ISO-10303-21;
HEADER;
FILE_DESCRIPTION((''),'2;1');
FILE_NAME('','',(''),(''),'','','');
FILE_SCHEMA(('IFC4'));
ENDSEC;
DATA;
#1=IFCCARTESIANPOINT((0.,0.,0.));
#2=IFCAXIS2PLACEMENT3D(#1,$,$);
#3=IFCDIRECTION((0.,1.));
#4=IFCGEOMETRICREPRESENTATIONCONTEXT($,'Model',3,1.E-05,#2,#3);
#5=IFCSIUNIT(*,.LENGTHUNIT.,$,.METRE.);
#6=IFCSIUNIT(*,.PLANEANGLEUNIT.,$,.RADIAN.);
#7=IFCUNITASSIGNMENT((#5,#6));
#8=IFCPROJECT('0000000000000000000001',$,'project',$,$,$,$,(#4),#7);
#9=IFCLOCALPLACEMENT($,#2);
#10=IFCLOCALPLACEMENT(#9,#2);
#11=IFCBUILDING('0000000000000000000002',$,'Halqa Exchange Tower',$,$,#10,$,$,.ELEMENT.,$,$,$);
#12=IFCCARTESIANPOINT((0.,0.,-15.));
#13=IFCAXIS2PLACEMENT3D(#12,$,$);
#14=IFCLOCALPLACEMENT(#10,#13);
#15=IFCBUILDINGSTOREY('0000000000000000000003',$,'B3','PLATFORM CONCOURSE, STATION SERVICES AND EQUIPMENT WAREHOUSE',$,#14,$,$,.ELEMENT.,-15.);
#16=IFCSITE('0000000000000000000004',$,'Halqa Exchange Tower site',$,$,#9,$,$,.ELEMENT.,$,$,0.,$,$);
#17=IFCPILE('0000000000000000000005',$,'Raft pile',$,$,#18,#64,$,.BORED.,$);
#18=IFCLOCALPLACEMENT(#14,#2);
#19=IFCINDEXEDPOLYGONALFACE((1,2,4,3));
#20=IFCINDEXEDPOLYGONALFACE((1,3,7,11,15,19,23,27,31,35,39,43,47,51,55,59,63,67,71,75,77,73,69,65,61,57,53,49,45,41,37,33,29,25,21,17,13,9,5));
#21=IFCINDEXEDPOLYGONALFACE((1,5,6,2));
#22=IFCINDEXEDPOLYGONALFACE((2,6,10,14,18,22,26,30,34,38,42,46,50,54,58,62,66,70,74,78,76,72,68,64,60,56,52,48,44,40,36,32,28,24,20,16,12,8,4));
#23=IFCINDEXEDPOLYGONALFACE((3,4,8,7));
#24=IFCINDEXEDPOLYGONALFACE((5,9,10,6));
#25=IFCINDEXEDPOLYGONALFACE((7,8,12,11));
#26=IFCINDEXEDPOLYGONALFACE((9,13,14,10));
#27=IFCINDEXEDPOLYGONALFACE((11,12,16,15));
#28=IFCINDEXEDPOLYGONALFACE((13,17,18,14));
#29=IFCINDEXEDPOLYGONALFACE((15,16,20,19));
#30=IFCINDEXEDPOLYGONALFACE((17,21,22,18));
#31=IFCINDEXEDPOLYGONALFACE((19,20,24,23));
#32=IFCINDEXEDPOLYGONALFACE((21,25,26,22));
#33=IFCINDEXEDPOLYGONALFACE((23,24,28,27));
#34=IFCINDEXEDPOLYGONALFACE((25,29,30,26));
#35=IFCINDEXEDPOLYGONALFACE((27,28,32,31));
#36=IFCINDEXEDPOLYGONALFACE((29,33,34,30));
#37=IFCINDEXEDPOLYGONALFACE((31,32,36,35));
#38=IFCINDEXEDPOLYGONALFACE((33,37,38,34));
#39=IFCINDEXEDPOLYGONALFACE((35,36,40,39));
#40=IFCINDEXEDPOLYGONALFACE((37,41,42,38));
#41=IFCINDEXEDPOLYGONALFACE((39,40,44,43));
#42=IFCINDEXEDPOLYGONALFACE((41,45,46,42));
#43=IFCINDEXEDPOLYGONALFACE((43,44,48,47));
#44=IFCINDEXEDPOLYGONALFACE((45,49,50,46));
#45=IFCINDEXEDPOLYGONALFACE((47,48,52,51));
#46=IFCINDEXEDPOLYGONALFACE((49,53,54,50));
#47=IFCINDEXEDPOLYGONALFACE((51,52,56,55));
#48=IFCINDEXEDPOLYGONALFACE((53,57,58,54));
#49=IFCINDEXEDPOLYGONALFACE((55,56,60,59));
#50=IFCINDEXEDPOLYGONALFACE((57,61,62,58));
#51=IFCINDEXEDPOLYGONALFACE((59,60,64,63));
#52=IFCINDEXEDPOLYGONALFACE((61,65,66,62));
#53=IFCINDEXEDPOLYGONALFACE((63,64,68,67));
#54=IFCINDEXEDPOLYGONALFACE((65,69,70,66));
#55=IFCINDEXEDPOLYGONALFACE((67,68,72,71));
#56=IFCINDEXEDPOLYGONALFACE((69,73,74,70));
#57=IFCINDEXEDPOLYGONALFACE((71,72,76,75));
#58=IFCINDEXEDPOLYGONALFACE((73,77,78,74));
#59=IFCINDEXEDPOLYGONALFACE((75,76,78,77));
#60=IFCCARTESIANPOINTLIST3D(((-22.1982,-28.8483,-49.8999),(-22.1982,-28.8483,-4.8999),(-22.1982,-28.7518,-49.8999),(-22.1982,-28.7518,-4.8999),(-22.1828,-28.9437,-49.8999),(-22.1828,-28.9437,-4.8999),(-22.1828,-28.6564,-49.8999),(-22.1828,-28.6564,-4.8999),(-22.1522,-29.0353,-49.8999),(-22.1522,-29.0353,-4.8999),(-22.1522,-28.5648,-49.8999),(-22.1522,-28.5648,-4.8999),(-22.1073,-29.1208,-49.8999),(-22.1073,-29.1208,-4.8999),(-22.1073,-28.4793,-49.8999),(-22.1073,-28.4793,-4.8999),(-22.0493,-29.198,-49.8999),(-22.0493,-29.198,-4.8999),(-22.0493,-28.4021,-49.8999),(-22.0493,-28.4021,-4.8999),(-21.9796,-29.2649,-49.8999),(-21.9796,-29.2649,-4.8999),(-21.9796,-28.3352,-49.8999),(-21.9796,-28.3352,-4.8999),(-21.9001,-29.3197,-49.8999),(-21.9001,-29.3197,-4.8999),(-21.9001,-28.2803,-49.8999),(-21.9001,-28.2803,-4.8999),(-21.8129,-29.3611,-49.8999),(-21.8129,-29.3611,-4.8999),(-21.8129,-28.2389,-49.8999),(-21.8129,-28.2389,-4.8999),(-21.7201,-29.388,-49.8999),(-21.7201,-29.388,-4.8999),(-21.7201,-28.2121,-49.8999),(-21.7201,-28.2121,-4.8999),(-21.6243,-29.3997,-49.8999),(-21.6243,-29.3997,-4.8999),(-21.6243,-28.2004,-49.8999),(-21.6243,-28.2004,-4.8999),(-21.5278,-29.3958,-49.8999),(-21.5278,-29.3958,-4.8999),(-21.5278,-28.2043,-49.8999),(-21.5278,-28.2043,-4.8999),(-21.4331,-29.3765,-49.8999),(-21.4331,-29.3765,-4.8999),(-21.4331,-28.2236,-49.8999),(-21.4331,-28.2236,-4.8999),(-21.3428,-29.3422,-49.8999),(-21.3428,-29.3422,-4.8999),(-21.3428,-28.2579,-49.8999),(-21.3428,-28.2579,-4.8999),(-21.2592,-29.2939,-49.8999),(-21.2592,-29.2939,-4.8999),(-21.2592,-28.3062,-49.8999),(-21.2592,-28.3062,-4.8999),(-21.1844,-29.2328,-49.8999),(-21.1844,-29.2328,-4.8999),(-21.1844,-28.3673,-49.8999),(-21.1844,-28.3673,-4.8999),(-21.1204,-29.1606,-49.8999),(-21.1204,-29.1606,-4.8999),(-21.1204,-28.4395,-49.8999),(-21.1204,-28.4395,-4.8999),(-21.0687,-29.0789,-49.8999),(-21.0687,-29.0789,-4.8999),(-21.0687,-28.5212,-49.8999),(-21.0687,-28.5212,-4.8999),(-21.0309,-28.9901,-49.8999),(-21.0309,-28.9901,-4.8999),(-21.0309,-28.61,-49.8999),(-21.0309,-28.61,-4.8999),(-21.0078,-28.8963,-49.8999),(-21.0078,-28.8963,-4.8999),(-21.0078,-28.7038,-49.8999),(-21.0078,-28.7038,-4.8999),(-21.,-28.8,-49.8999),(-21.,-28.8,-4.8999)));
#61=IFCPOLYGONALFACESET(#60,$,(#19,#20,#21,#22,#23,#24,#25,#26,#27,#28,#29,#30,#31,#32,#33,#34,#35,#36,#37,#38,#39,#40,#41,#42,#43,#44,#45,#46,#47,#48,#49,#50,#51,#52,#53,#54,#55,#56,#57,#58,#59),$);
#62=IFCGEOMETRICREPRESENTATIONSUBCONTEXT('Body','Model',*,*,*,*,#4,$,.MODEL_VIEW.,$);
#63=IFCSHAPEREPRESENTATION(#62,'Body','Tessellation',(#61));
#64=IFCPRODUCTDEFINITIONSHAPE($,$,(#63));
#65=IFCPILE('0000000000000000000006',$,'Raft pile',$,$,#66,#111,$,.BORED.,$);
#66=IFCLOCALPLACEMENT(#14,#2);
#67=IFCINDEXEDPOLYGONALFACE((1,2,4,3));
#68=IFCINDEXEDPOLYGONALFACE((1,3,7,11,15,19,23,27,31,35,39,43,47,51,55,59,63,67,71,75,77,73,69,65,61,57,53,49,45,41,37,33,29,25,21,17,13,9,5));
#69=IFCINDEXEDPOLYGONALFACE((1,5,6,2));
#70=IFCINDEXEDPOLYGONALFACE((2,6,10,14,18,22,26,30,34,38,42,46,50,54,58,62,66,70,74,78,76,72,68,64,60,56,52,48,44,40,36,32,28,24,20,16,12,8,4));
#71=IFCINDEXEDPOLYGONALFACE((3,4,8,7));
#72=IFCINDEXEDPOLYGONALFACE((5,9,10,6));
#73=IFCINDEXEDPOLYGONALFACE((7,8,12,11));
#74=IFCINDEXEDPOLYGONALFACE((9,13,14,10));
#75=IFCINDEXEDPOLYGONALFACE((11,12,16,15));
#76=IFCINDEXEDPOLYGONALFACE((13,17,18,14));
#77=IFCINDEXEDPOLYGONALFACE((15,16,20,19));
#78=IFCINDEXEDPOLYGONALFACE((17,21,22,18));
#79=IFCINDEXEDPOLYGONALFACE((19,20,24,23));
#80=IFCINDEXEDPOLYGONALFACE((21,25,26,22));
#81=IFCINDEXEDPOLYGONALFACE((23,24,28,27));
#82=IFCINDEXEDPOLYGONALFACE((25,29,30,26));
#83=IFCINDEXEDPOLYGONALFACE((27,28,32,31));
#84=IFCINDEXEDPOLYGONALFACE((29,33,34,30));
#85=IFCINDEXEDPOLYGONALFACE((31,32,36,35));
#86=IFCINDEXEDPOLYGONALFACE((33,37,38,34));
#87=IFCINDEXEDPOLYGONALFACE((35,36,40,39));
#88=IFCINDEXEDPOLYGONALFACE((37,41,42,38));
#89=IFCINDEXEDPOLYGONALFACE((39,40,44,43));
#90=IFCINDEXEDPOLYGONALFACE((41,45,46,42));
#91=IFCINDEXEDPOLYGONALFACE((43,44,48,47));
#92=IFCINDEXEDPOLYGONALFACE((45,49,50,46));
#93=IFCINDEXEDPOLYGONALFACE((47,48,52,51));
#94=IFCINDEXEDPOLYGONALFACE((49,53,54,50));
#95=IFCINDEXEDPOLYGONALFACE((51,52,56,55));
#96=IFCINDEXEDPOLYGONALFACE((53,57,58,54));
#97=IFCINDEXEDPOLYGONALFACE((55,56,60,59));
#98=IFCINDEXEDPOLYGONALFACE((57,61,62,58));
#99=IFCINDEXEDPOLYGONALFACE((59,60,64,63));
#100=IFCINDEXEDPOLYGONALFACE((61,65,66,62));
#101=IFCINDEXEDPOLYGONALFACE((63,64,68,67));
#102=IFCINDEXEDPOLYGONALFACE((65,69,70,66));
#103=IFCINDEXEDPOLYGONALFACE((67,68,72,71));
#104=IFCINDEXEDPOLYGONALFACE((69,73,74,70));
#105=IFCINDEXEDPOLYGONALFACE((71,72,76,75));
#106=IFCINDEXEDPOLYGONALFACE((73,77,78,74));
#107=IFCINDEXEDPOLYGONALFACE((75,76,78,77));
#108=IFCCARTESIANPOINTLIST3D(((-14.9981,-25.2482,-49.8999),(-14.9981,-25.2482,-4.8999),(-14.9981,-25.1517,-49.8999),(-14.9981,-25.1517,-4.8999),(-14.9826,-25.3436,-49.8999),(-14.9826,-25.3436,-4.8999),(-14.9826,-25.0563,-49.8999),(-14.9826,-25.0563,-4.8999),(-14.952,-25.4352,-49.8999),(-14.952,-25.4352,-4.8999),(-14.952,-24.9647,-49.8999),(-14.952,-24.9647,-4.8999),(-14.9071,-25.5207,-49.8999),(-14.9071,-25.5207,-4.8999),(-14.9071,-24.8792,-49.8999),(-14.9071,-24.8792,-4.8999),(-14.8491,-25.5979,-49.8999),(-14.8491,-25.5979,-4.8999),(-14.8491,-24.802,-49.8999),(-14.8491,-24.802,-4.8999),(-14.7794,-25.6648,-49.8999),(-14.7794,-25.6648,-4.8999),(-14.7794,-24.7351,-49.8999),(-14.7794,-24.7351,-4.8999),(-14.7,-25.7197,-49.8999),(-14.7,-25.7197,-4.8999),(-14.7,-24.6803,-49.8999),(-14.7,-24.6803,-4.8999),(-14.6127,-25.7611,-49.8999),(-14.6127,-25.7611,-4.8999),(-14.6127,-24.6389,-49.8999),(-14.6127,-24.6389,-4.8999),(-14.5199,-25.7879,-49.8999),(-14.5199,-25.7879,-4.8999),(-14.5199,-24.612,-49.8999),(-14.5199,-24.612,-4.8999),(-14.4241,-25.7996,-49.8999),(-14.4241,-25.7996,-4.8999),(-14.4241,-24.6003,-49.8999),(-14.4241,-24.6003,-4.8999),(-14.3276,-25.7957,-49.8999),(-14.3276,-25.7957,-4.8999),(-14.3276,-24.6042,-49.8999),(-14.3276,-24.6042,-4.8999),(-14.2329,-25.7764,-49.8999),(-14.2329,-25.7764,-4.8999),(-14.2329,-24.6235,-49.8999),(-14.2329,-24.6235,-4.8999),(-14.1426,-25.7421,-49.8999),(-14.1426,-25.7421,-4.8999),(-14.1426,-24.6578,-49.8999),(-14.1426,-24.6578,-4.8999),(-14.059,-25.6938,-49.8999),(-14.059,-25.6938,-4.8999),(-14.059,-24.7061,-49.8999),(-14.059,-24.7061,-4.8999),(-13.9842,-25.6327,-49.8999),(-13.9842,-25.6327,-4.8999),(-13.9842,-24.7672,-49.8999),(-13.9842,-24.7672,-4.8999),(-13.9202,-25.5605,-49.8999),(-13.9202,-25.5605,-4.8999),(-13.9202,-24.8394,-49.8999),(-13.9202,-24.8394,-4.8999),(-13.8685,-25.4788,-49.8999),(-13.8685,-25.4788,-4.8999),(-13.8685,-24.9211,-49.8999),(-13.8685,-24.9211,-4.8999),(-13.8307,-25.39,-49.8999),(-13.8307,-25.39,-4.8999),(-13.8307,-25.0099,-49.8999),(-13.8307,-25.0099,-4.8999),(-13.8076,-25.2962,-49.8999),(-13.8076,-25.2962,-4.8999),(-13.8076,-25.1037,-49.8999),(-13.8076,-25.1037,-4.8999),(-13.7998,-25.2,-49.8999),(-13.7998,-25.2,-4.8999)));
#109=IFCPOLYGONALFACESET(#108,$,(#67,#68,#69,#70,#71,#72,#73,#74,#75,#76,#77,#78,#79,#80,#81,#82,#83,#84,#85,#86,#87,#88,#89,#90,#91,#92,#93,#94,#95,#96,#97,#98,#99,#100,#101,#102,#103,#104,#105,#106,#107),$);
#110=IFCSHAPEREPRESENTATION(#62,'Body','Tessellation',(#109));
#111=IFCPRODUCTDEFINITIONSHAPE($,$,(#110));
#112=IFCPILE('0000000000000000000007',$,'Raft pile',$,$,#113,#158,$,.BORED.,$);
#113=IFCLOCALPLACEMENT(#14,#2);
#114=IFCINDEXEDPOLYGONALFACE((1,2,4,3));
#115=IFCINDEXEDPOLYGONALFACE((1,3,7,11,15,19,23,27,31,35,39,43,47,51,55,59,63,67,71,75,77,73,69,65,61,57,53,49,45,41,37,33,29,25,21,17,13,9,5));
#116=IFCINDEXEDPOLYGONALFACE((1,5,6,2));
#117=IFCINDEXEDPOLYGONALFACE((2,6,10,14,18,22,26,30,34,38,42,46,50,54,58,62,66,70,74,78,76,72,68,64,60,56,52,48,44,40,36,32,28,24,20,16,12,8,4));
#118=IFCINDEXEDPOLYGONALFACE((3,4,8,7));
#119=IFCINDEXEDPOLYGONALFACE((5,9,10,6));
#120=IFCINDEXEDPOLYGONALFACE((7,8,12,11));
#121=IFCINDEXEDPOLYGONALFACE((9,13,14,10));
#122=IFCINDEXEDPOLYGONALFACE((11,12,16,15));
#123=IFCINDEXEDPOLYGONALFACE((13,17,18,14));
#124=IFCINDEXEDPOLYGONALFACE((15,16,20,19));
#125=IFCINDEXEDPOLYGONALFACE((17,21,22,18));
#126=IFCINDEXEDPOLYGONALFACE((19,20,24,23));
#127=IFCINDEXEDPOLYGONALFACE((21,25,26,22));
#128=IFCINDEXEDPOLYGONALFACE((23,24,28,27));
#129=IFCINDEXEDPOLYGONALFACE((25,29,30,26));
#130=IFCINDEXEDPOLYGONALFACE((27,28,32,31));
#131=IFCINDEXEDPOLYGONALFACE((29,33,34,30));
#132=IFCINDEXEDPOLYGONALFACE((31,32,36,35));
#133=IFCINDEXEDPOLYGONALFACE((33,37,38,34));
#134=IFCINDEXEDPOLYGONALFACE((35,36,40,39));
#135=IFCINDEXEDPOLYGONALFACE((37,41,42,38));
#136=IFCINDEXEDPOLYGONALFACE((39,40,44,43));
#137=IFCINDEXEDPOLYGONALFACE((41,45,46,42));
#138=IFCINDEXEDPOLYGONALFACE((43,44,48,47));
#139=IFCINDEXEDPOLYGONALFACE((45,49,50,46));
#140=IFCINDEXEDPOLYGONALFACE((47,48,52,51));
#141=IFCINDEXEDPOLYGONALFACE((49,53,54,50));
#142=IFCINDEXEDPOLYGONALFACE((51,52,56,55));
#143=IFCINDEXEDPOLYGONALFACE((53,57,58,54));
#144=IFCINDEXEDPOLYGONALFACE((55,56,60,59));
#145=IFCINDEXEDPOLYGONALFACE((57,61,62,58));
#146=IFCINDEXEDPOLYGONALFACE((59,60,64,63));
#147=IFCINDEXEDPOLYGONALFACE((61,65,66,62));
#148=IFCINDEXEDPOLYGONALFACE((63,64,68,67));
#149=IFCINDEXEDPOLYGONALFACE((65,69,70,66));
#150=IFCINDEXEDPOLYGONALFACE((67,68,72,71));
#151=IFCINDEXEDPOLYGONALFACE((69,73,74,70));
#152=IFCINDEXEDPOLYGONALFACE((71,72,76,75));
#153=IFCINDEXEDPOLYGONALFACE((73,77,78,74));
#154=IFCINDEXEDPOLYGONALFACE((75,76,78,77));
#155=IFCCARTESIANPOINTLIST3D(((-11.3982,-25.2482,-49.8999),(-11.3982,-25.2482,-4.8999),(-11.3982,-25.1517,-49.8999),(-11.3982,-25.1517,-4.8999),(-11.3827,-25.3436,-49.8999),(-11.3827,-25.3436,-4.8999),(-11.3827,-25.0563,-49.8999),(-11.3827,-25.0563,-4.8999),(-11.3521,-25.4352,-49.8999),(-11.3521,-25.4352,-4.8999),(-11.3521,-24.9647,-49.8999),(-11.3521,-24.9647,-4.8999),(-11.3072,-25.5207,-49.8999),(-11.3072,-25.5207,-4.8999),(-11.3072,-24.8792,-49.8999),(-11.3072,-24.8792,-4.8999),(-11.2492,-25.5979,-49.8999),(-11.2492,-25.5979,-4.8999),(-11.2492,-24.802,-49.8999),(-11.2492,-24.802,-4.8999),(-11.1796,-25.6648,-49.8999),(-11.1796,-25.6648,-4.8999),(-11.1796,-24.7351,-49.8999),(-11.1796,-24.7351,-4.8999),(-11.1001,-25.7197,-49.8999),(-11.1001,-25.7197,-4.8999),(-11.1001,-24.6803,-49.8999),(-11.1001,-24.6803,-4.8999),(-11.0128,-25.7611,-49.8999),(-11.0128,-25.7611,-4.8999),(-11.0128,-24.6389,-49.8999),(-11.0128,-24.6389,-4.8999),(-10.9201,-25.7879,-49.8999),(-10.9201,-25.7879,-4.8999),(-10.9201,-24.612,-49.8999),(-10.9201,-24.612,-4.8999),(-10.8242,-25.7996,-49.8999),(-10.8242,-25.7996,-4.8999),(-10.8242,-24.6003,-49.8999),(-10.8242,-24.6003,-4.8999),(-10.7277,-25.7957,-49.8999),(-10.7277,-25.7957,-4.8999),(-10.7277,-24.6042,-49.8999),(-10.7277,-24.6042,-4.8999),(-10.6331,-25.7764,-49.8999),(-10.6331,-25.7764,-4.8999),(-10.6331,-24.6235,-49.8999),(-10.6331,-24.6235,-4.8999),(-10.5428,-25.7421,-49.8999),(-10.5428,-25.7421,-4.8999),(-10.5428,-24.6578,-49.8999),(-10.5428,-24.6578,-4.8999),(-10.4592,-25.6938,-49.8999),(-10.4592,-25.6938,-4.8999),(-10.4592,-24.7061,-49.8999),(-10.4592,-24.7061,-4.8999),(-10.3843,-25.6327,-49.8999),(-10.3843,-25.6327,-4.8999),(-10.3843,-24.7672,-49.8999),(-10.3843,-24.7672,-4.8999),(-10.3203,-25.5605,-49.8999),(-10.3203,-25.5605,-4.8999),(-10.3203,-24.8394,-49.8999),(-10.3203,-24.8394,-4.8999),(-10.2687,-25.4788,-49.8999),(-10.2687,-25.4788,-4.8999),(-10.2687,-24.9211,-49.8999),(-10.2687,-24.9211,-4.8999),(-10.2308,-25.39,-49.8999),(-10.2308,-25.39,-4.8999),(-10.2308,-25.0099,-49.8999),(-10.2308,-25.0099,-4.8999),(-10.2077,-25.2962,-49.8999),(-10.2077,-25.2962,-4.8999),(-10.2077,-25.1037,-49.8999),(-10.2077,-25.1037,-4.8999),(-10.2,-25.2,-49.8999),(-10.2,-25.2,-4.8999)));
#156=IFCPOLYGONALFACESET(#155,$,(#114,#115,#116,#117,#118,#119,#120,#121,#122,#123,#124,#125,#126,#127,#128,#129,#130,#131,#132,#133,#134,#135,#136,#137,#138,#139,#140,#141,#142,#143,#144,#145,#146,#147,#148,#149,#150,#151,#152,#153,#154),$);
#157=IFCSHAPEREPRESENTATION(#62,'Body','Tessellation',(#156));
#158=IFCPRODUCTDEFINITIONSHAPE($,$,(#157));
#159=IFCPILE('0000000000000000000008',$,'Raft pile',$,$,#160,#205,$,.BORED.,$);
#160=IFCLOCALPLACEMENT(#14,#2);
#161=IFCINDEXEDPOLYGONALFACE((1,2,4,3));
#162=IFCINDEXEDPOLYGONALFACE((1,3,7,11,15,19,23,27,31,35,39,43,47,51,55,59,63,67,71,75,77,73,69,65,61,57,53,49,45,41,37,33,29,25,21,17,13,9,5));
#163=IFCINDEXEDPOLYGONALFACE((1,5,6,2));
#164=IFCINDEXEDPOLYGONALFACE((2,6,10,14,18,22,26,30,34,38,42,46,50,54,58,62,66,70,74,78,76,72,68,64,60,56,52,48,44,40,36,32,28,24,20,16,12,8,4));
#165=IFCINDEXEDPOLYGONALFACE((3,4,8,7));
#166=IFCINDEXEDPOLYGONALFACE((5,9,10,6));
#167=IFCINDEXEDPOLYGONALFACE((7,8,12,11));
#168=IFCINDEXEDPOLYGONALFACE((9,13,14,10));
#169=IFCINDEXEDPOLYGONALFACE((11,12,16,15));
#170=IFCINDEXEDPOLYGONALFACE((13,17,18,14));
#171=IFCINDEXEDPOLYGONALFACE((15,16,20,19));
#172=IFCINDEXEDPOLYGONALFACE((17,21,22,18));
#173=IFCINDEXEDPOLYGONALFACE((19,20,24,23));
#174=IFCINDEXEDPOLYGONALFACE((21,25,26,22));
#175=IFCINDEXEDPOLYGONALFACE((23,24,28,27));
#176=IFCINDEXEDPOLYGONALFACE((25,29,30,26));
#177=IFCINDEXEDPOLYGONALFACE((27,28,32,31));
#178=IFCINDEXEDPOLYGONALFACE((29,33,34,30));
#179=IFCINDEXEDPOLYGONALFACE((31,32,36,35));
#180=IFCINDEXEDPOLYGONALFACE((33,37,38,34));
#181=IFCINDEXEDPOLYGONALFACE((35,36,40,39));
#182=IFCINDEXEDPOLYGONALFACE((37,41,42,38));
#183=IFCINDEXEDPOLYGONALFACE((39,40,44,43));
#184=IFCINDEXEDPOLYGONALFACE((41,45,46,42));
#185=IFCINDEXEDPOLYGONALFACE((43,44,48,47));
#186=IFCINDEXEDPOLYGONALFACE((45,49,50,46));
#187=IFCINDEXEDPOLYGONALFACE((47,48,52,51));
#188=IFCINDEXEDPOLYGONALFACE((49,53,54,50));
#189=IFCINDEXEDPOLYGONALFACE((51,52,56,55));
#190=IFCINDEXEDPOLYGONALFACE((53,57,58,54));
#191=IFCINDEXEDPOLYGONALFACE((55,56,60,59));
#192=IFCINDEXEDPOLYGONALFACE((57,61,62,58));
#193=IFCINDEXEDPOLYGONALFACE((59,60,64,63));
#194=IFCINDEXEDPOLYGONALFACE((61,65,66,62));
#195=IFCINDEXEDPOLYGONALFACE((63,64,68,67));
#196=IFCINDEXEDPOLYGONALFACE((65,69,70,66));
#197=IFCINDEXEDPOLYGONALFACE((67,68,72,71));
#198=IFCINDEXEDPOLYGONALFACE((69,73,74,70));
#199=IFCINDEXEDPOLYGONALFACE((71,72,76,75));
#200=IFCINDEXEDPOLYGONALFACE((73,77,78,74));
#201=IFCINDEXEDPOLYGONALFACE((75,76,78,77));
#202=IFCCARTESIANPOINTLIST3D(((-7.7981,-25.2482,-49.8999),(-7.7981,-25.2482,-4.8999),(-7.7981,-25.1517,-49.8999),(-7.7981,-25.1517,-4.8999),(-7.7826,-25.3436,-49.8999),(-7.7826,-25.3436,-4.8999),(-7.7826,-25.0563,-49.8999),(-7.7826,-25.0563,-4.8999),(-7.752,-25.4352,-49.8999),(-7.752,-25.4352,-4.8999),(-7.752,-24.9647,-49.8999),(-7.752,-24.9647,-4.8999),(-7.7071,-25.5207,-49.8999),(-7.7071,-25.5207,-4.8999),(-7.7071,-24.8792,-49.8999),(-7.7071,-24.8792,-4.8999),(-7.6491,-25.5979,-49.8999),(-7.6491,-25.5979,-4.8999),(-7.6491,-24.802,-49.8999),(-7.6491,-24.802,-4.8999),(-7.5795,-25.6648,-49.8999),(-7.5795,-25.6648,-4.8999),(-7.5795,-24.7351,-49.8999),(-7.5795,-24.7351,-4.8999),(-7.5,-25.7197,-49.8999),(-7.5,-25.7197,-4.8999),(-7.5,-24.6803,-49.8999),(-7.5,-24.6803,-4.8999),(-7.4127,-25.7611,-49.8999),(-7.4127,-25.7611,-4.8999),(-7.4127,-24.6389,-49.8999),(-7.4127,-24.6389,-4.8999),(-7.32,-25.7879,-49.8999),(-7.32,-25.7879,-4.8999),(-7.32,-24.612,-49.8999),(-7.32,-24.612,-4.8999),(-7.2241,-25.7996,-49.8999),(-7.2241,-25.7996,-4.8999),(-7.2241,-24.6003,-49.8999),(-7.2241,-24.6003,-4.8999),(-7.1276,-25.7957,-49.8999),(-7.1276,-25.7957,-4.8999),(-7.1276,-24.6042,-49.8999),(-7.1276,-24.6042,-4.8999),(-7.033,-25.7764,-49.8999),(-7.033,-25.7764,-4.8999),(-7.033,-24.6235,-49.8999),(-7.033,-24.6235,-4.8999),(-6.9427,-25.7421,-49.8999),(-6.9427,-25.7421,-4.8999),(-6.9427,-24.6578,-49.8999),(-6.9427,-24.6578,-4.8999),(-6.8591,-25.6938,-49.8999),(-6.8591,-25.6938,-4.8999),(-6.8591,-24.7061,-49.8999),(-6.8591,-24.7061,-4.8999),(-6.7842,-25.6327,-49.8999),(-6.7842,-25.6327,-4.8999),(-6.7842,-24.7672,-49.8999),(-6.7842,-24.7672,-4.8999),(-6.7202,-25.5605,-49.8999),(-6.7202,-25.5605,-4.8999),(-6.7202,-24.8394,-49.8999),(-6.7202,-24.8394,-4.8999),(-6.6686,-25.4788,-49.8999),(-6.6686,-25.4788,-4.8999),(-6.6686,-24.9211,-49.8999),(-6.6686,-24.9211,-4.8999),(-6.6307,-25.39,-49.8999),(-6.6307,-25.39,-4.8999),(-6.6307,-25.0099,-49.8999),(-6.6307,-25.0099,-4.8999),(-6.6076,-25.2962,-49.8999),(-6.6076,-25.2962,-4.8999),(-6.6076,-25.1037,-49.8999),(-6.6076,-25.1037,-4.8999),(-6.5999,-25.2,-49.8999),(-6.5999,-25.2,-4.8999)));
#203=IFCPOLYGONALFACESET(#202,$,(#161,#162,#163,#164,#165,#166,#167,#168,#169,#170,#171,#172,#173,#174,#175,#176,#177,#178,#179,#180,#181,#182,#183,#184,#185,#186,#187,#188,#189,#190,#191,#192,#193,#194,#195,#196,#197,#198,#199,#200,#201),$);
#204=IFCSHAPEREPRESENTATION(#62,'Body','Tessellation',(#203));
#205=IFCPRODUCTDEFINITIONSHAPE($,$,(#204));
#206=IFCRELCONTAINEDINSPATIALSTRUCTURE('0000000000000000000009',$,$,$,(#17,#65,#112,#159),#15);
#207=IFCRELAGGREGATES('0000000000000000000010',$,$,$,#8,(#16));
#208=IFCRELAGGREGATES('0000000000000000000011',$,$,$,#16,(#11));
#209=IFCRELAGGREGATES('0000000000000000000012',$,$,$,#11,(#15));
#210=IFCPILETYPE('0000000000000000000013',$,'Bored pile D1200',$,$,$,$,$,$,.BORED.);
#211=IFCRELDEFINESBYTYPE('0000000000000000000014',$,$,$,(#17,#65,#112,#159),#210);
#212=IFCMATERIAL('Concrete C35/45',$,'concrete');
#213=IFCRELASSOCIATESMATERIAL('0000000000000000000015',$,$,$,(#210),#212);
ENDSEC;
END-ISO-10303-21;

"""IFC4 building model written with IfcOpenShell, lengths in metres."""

from ifc_helpers import new_model, si_unit, direction, frame, origin, origin_2d, place, context, subcontext, project, spatial, circle, extrude, material, material_profile, profile_set, type_object, element, save


model = new_model("IFC4")

# Units and contexts
model_context = context("Model", 3, precision=1e-05, world=origin(), true_north=direction((0.0, 1.0)))
body_context = subcontext(model_context, "Body", "Model", "MODEL_VIEW")
ifc_project = project(units=[si_unit("LENGTHUNIT", "METRE"), si_unit("PLANEANGLEUNIT", "RADIAN")], contexts=[model_context])

# Site, building, storey
site_placement = place(None, origin())
site = spatial("IfcSite", under=ifc_project, at=site_placement, Name="Halqa Exchange Tower site", CompositionType="ELEMENT", RefElevation=0.0)
building_placement = place(site_placement, origin())
building = spatial("IfcBuilding", under=site, at=building_placement, Name="Halqa Exchange Tower", CompositionType="ELEMENT")
storey_placement = place(building_placement, frame((0.0, 0.0, -15.0)))
storey = spatial("IfcBuildingStorey", under=building, at=storey_placement, Name="B3", Description="PLATFORM CONCOURSE, STATION SERVICES AND EQUIPMENT WAREHOUSE", CompositionType="ELEMENT", Elevation=-15.0)

# Piles
ifc_material_1 = material(Name="Concrete C35/45", Category="concrete")
ifc_material_profile_1 = material_profile(ifc_material_1, circle(Radius=0.6001, at=origin_2d()), Name="D1200")
ifc_profile_set_1 = profile_set([ifc_material_profile_1], Name="Concrete C35/45")
pile_type_1 = type_object("IfcPileType", Name="Bored pile D1200", PredefinedType="BORED", material=ifc_profile_set_1)
for number, where, z_axis, x_axis, name in (
    (1, (-21.6001, -28.8, -4.8999), (0.0, 0.0, -1.0), (1.0, 0.0, 0.0), "Raft pile"),
    (2, (-14.3999, -25.2, -4.8999), (0.0, 0.0, -1.0), (1.0, 0.0, 0.0), "Raft pile"),
    (3, (-10.8, -25.2, -4.8999), (0.0, 0.0, -1.0), (1.0, 0.0, 0.0), "Raft pile"),
    (4, (-7.2, -25.2, -4.8999), (0.0, 0.0, -1.0), (1.0, 0.0, 0.0), "Raft pile"),
):
    element("IfcPile", number, at=place(storey_placement, frame(where, z_axis=z_axis, x_axis=x_axis)), inside=storey, type_object=pile_type_1, Name=name, PredefinedType="BORED", context=body_context, shape_type="SweptSolid", body=[
        extrude(circle(Radius=0.6001, at=origin_2d()), origin(), (0.0, 0.0, 1.0), 45.0),
    ])

save(model, "model.ifc")
